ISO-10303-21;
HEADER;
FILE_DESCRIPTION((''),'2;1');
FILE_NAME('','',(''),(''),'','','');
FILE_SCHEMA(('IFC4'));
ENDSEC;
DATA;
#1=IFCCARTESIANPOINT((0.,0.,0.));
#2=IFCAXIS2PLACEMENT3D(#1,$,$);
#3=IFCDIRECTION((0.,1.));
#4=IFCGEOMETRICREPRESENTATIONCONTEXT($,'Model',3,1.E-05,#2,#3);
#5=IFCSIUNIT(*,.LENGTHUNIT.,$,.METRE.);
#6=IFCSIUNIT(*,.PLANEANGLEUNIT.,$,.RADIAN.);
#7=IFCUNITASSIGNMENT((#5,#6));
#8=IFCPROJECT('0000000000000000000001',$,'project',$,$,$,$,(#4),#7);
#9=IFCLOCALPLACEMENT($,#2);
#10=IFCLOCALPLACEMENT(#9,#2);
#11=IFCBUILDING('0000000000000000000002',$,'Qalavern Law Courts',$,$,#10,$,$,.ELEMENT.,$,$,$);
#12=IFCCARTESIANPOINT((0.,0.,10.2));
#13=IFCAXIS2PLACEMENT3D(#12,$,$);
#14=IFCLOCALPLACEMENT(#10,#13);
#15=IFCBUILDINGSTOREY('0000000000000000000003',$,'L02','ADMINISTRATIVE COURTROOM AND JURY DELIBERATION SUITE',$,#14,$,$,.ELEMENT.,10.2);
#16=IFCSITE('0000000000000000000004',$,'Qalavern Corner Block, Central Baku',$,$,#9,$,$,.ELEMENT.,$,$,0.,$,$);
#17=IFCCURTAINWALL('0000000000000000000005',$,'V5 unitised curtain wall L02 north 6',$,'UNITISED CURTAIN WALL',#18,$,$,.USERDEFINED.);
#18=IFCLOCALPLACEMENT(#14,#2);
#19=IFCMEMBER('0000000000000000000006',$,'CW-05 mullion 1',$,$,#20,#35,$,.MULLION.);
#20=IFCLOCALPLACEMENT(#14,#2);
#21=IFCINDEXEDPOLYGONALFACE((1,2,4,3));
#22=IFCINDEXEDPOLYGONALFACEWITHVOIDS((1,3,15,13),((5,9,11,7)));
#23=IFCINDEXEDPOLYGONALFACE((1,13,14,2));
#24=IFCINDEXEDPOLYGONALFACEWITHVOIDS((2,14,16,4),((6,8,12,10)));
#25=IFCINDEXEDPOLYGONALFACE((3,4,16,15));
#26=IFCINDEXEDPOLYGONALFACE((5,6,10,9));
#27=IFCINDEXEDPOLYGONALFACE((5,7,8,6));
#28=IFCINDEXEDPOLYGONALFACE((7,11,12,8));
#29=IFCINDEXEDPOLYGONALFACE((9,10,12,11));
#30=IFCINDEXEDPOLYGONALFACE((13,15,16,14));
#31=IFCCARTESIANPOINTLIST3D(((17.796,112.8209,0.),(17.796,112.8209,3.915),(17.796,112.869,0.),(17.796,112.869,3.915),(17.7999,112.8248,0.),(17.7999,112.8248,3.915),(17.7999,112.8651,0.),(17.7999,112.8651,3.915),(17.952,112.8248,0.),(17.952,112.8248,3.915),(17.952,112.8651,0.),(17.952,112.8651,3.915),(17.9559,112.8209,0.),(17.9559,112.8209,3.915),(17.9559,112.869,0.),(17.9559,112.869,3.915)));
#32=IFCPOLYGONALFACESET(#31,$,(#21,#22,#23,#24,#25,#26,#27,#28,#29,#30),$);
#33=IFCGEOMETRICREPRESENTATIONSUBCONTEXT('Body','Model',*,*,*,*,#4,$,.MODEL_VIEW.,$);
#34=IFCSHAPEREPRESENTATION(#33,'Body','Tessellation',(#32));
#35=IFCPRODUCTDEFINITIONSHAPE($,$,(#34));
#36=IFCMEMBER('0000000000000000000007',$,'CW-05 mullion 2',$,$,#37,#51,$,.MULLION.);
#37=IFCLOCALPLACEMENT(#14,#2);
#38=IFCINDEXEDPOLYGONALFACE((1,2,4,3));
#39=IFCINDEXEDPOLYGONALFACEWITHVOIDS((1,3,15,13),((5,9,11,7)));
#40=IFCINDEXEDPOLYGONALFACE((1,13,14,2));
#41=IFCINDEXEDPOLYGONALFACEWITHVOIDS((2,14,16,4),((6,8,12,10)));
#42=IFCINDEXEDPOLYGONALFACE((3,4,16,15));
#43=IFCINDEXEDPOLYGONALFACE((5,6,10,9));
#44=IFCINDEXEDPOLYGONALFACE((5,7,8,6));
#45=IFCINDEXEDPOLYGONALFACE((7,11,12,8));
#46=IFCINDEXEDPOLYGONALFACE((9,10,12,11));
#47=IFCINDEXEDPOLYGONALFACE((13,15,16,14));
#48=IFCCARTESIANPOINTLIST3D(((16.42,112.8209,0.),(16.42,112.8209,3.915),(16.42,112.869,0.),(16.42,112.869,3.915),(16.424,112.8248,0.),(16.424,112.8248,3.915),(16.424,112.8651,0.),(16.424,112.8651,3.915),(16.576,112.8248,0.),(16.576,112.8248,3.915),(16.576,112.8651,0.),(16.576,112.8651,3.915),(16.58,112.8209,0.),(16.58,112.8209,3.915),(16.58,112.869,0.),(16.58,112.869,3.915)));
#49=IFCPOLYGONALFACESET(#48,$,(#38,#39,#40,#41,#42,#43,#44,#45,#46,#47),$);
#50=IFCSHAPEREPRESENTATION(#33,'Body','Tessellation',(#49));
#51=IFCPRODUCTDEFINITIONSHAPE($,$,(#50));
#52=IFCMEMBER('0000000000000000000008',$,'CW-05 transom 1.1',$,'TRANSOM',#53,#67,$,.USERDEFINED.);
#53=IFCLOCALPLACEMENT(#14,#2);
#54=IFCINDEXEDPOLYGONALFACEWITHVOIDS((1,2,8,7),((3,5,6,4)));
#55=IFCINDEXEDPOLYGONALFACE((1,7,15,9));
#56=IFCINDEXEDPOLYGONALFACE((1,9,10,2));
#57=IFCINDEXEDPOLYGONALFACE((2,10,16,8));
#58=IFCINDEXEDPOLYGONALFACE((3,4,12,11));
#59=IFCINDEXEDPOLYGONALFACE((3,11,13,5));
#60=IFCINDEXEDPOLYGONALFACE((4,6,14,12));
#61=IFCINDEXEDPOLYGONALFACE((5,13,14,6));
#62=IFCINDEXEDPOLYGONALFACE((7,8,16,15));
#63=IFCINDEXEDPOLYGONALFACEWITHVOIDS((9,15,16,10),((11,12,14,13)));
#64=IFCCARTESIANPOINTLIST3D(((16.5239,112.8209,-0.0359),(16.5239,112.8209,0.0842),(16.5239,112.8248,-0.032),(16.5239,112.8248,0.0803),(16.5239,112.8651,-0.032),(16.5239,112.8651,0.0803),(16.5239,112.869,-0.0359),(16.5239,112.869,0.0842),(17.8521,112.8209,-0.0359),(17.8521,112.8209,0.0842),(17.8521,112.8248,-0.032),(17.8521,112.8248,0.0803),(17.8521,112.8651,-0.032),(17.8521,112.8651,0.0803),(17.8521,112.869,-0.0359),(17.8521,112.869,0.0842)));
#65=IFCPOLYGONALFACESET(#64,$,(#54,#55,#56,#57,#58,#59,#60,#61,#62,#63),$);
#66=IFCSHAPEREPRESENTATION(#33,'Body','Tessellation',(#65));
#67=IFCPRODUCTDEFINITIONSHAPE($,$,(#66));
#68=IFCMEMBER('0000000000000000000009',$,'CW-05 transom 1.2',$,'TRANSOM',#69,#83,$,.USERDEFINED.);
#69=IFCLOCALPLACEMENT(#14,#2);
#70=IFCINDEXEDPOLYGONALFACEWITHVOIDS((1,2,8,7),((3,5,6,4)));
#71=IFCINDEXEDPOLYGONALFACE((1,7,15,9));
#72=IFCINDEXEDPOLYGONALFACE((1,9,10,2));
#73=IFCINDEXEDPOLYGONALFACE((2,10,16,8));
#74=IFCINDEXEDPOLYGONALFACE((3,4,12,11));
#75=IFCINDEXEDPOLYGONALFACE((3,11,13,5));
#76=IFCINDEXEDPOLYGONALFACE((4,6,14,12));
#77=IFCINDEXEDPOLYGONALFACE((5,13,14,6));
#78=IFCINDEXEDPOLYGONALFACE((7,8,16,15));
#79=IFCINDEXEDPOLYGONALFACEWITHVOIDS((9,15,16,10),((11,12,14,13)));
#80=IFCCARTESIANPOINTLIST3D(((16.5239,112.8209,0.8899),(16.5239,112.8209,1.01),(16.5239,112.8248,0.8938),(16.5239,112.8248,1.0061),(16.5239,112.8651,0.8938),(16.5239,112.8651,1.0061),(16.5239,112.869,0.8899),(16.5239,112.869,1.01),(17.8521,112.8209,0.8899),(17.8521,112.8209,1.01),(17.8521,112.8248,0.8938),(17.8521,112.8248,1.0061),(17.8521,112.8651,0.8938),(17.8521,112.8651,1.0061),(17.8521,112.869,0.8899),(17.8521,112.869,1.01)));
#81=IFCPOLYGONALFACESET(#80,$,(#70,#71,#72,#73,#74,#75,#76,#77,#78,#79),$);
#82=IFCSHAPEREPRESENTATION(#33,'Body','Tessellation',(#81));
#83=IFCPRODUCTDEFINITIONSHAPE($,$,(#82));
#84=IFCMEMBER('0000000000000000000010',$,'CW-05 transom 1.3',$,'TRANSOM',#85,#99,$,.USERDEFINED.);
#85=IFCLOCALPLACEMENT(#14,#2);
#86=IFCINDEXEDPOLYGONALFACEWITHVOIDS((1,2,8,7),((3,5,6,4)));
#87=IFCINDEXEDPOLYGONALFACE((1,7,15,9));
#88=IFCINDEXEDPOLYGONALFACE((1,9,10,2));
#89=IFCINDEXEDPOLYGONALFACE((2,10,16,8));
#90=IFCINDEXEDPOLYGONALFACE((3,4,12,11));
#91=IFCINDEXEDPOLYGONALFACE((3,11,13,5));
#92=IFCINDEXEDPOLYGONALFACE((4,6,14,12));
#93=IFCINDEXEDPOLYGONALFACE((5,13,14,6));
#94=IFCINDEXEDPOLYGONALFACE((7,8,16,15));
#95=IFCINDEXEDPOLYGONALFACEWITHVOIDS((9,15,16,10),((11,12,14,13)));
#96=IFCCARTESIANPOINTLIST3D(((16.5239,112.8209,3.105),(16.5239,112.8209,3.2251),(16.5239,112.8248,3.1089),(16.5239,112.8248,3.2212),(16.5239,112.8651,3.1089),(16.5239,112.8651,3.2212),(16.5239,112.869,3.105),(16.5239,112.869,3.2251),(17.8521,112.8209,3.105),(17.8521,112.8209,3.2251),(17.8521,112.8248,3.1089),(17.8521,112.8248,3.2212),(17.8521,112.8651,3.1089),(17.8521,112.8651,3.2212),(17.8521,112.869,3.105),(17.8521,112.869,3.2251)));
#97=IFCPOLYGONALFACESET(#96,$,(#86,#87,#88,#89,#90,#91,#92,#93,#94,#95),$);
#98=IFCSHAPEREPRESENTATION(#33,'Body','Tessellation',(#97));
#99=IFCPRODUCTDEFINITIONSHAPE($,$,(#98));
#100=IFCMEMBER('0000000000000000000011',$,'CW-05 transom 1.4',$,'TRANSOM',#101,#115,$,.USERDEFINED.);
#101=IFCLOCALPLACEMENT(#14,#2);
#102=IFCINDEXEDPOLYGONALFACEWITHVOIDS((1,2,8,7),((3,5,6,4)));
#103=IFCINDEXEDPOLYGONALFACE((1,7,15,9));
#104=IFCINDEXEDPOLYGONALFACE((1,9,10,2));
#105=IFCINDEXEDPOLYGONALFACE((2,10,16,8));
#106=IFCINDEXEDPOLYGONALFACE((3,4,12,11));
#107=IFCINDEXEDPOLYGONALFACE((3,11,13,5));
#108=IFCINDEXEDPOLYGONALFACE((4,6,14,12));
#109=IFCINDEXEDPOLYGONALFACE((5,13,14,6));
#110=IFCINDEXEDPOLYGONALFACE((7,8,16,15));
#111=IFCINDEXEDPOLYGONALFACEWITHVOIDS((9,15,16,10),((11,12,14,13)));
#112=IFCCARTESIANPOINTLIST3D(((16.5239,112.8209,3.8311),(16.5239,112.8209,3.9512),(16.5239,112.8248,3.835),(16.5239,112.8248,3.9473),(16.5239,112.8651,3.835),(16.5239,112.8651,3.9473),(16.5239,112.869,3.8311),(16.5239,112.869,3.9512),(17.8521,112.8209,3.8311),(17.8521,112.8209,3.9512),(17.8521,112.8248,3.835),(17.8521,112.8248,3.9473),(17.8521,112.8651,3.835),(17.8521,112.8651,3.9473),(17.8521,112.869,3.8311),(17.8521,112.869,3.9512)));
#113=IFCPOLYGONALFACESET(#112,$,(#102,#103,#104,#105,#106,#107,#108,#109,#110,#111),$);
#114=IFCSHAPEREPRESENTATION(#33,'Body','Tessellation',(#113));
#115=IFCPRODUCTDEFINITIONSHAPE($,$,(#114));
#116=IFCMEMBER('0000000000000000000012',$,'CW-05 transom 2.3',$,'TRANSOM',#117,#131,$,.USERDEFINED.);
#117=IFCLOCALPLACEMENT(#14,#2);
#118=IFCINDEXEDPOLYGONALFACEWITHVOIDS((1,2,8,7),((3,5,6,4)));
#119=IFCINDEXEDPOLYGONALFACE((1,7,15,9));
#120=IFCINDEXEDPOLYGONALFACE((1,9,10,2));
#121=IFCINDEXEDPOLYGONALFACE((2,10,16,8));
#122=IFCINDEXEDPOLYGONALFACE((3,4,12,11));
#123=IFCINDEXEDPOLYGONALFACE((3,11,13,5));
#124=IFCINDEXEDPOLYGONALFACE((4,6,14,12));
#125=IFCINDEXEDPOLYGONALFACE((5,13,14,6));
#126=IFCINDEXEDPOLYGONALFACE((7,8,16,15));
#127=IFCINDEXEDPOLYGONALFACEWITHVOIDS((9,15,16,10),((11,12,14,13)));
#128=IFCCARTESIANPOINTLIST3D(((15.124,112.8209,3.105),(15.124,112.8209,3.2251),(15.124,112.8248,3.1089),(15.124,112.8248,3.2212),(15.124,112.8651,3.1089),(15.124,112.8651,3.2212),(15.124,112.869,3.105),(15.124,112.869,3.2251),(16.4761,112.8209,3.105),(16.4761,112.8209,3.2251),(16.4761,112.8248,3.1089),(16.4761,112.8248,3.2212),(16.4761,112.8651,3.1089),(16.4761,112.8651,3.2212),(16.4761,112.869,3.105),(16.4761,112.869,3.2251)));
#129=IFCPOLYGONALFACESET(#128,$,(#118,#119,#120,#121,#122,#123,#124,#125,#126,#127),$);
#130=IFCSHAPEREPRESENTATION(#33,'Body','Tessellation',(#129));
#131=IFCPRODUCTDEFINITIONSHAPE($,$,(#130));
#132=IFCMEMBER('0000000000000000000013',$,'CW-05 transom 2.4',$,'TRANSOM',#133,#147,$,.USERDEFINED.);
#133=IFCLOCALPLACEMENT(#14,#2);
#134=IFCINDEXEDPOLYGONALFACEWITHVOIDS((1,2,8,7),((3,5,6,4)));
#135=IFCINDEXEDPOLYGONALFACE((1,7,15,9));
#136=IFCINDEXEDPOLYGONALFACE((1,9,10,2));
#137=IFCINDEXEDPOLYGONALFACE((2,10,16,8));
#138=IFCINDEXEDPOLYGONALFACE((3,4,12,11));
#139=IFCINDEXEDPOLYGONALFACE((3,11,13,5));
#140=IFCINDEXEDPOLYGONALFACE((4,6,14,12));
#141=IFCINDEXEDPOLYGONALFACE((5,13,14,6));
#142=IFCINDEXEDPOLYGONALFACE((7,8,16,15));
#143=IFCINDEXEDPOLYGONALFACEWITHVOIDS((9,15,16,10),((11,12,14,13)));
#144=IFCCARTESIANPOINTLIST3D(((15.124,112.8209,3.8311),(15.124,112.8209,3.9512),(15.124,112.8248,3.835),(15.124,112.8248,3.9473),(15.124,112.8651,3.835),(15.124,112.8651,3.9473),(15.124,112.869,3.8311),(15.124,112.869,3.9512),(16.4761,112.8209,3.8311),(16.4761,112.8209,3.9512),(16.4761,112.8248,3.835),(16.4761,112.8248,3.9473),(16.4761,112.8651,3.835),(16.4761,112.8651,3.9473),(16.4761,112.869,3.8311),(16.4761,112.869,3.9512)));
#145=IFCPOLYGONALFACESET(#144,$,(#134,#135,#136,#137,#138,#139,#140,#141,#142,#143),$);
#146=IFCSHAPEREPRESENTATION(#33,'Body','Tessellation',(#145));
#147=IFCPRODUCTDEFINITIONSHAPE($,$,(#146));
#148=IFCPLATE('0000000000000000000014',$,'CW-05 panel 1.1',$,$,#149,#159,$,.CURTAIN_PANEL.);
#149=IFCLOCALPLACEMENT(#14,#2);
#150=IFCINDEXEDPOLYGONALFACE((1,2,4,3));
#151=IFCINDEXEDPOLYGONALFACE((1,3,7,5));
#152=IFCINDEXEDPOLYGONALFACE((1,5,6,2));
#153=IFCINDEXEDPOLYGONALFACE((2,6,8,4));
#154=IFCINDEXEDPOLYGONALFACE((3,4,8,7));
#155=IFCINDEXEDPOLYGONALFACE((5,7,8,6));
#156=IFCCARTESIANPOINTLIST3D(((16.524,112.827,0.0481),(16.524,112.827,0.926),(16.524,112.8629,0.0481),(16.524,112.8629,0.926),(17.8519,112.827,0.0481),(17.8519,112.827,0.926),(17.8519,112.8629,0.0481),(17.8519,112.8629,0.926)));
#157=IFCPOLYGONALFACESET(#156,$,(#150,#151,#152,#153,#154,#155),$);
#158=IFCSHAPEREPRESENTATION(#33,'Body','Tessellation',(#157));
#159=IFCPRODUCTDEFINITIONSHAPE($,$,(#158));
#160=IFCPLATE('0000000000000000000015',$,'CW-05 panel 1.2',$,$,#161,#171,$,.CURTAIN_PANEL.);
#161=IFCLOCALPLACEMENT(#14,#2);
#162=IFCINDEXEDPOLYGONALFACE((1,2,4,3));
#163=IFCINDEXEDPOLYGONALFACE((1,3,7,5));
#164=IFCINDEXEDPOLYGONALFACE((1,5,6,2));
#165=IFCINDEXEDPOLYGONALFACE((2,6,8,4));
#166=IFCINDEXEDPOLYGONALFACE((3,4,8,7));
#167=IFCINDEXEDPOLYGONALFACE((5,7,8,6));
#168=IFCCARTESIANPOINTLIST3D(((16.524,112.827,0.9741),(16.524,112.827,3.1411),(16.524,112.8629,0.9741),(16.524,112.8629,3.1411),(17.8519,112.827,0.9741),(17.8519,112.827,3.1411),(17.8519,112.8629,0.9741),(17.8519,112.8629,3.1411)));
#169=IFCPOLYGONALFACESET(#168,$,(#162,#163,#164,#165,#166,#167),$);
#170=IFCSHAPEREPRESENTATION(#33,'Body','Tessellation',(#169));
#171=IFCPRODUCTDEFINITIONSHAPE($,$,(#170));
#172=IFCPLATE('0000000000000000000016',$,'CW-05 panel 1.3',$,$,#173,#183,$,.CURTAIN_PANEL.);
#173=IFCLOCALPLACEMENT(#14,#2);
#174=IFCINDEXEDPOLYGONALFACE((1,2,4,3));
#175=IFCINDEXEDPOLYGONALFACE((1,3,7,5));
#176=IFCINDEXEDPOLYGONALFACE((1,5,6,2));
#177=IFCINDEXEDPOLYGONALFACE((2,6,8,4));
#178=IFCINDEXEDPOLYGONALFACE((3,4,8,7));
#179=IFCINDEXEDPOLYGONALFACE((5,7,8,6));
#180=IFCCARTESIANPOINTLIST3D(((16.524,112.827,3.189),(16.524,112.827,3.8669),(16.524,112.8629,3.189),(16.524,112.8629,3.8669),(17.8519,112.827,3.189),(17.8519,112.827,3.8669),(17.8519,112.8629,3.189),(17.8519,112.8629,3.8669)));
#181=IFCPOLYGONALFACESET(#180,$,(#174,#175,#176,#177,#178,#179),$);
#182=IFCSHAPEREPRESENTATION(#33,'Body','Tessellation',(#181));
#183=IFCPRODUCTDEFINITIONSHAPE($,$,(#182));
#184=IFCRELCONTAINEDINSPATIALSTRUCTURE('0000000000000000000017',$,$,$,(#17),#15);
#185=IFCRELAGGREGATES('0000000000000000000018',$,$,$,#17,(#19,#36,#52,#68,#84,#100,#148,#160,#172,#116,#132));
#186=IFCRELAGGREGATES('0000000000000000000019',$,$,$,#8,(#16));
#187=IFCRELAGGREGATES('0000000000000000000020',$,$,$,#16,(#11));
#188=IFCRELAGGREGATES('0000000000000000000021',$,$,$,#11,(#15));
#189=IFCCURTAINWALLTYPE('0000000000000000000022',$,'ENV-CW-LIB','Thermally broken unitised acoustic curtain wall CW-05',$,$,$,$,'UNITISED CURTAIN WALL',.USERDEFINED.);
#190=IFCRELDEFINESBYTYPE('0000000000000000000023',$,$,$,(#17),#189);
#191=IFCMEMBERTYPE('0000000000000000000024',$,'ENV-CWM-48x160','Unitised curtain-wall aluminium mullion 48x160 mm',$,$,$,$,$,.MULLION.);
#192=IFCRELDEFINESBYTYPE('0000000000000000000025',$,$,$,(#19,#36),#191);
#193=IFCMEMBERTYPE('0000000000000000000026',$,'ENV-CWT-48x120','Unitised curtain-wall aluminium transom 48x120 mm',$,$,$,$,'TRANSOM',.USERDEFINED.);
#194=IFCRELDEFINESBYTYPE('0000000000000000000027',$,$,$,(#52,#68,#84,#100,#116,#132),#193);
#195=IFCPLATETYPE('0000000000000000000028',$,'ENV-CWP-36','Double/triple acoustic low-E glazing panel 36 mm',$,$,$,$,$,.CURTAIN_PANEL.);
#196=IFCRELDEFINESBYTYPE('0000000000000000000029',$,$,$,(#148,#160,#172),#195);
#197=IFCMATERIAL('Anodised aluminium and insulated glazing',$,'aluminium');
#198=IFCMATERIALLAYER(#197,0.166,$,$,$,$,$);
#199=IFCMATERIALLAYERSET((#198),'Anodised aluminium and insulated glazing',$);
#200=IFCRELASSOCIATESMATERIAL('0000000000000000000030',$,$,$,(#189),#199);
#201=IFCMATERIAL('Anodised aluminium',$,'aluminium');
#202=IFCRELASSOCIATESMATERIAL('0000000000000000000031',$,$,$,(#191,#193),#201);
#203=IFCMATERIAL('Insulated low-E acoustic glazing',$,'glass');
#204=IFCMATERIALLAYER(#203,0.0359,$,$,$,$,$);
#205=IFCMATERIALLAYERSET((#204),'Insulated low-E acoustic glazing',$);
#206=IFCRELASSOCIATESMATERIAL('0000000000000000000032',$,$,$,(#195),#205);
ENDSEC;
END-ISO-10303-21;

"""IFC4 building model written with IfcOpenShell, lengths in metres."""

from ifc_helpers import new_model, si_unit, direction, frame, origin, origin_2d, place, context, subcontext, project, spatial, rectangle, hollow_rectangle, extrude, material, layer, layer_set, material_profile, profile_set, type_object, element, aggregate, save


model = new_model("IFC4")

# Units and contexts
model_context = context("Model", 3, precision=1e-05, world=origin(), true_north=direction((0.0, 1.0)))
body_context = subcontext(model_context, "Body", "Model", "MODEL_VIEW")
ifc_project = project(units=[si_unit("LENGTHUNIT", "METRE"), si_unit("PLANEANGLEUNIT", "RADIAN")], contexts=[model_context])

# Site, building, storey
site_placement = place(None, origin())
site = spatial("IfcSite", under=ifc_project, at=site_placement, Name="Qalavern Corner Block, Central Baku", CompositionType="ELEMENT", RefElevation=0.0)
building_placement = place(site_placement, origin())
building = spatial("IfcBuilding", under=site, at=building_placement, Name="Qalavern Law Courts", CompositionType="ELEMENT")
storey_placement = place(building_placement, frame((0.0, 0.0, 10.2)))
storey = spatial("IfcBuildingStorey", under=building, at=storey_placement, Name="L02", Description="ADMINISTRATIVE COURTROOM AND JURY DELIBERATION SUITE", CompositionType="ELEMENT", Elevation=10.2)

# Curtain wall, members, plates
ifc_material_1 = material(Name="Anodised aluminium and insulated glazing", Category="aluminium")
ifc_layer_1 = layer(ifc_material_1, 0.166)
ifc_layer_set_1 = layer_set([ifc_layer_1], Name="Anodised aluminium and insulated glazing")
curtain_wall_type = type_object("IfcCurtainWallType", Name="ENV-CW-LIB", Description="Thermally broken unitised acoustic curtain wall CW-05", ElementType="UNITISED CURTAIN WALL", PredefinedType="USERDEFINED", material=ifc_layer_set_1)
curtain_wall_placement = place(storey_placement, origin())
curtain_wall = element("IfcCurtainWall", 1, at=curtain_wall_placement, inside=storey, type_object=curtain_wall_type, Name="V5 unitised curtain wall L02 north 6", ObjectType="UNITISED CURTAIN WALL", PredefinedType="USERDEFINED")
ifc_material_2 = material(Name="Anodised aluminium", Category="aluminium")
ifc_material_profile_1 = material_profile(ifc_material_2, hollow_rectangle(XDim=0.0481, YDim=0.1599, WallThickness=0.0039, at=origin_2d()), Name="ALU MULLION 48x160")
ifc_profile_set_1 = profile_set([ifc_material_profile_1], Name="Anodised aluminium")
member_type_1 = type_object("IfcMemberType", Name="ENV-CWM-48x160", Description="Unitised curtain-wall aluminium mullion 48x160 mm", PredefinedType="MULLION", material=ifc_profile_set_1)
member_1_placement = place(storey_placement, frame((17.876, 112.845, 0.0), z_axis=(0.0, 0.0, 1.0), x_axis=(0.0, -1.0, 0.0)))
member_1 = element("IfcMember", 2, at=member_1_placement, type_object=member_type_1, Name="CW-05 mullion 1", PredefinedType="MULLION", context=body_context, shape_type="SweptSolid", body=[
    extrude(hollow_rectangle(XDim=0.0481, YDim=0.1599, WallThickness=0.0039, at=origin_2d()), origin(), (0.0, 0.0, 1.0), 3.915),
])
member_2_placement = place(storey_placement, frame((16.5, 112.845, 0.0), z_axis=(0.0, 0.0, 1.0), x_axis=(0.0, -1.0, 0.0)))
member_2 = element("IfcMember", 3, at=member_2_placement, type_object=member_type_1, Name="CW-05 mullion 2", PredefinedType="MULLION", context=body_context, shape_type="SweptSolid", body=[
    extrude(hollow_rectangle(XDim=0.0481, YDim=0.1599, WallThickness=0.0039, at=origin_2d()), origin(), (0.0, 0.0, 1.0), 3.915),
])
ifc_material_profile_2 = material_profile(ifc_material_2, hollow_rectangle(XDim=0.0481, YDim=0.1201, WallThickness=0.0039, at=origin_2d()), Name="ALU TRANSOM 48x120")
ifc_profile_set_2 = profile_set([ifc_material_profile_2], Name="Anodised aluminium")
member_type_2 = type_object("IfcMemberType", Name="ENV-CWT-48x120", Description="Unitised curtain-wall aluminium transom 48x120 mm", ElementType="TRANSOM", PredefinedType="USERDEFINED", material=ifc_profile_set_2)
member_3_placement = place(storey_placement, frame((17.8521, 112.845, 0.0242), z_axis=(-1.0, 0.0, 0.0), x_axis=(0.0, -1.0, 0.0)))
member_3 = element("IfcMember", 4, at=member_3_placement, type_object=member_type_2, Name="CW-05 transom 1.1", ObjectType="TRANSOM", PredefinedType="USERDEFINED", context=body_context, shape_type="SweptSolid", body=[
    extrude(hollow_rectangle(XDim=0.0481, YDim=0.1201, WallThickness=0.0039, at=origin_2d()), origin(), (0.0, 0.0, 1.0), 1.3281),
])
member_4_placement = place(storey_placement, frame((17.8521, 112.845, 0.95), z_axis=(-1.0, 0.0, 0.0), x_axis=(0.0, -1.0, 0.0)))
member_4 = element("IfcMember", 5, at=member_4_placement, type_object=member_type_2, Name="CW-05 transom 1.2", ObjectType="TRANSOM", PredefinedType="USERDEFINED", context=body_context, shape_type="SweptSolid", body=[
    extrude(hollow_rectangle(XDim=0.0481, YDim=0.1201, WallThickness=0.0039, at=origin_2d()), origin(), (0.0, 0.0, 1.0), 1.3281),
])
member_5_placement = place(storey_placement, frame((17.8521, 112.845, 3.165), z_axis=(-1.0, 0.0, 0.0), x_axis=(0.0, -1.0, 0.0)))
member_5 = element("IfcMember", 6, at=member_5_placement, type_object=member_type_2, Name="CW-05 transom 1.3", ObjectType="TRANSOM", PredefinedType="USERDEFINED", context=body_context, shape_type="SweptSolid", body=[
    extrude(hollow_rectangle(XDim=0.0481, YDim=0.1201, WallThickness=0.0039, at=origin_2d()), origin(), (0.0, 0.0, 1.0), 1.3281),
])
member_6_placement = place(storey_placement, frame((17.8521, 112.845, 3.8911), z_axis=(-1.0, 0.0, 0.0), x_axis=(0.0, -1.0, 0.0)))
member_6 = element("IfcMember", 7, at=member_6_placement, type_object=member_type_2, Name="CW-05 transom 1.4", ObjectType="TRANSOM", PredefinedType="USERDEFINED", context=body_context, shape_type="SweptSolid", body=[
    extrude(hollow_rectangle(XDim=0.0481, YDim=0.1201, WallThickness=0.0039, at=origin_2d()), origin(), (0.0, 0.0, 1.0), 1.3281),
])
member_7_placement = place(storey_placement, frame((16.4761, 112.845, 3.165), z_axis=(-1.0, 0.0, 0.0), x_axis=(0.0, -1.0, 0.0)))
member_7 = element("IfcMember", 8, at=member_7_placement, type_object=member_type_2, Name="CW-05 transom 2.3", ObjectType="TRANSOM", PredefinedType="USERDEFINED", context=body_context, shape_type="SweptSolid", body=[
    extrude(hollow_rectangle(XDim=0.0481, YDim=0.1201, WallThickness=0.0039, at=origin_2d()), origin(), (0.0, 0.0, 1.0), 1.3521),
])
member_8_placement = place(storey_placement, frame((16.4761, 112.845, 3.8911), z_axis=(-1.0, 0.0, 0.0), x_axis=(0.0, -1.0, 0.0)))
member_8 = element("IfcMember", 9, at=member_8_placement, type_object=member_type_2, Name="CW-05 transom 2.4", ObjectType="TRANSOM", PredefinedType="USERDEFINED", context=body_context, shape_type="SweptSolid", body=[
    extrude(hollow_rectangle(XDim=0.0481, YDim=0.1201, WallThickness=0.0039, at=origin_2d()), origin(), (0.0, 0.0, 1.0), 1.3521),
])
ifc_material_3 = material(Name="Insulated low-E acoustic glazing", Category="glass")
ifc_layer_2 = layer(ifc_material_3, 0.0359)
ifc_layer_set_2 = layer_set([ifc_layer_2], Name="Insulated low-E acoustic glazing")
plate_type = type_object("IfcPlateType", Name="ENV-CWP-36", Description="Double/triple acoustic low-E glazing panel 36 mm", PredefinedType="CURTAIN_PANEL", material=ifc_layer_set_2)
plate_1_placement = place(storey_placement, frame((17.188, 112.845, 0.0481), z_axis=(0.0, 0.0, 1.0), x_axis=(-1.0, 0.0, 0.0)))
plate_1 = element("IfcPlate", 10, at=plate_1_placement, type_object=plate_type, Name="CW-05 panel 1.1", PredefinedType="CURTAIN_PANEL", context=body_context, shape_type="SweptSolid", body=[
    extrude(rectangle(XDim=1.3279, YDim=0.0359, at=origin_2d()), origin(), (0.0, 0.0, 1.0), 0.8779),
])
plate_2_placement = place(storey_placement, frame((17.188, 112.845, 0.9741), z_axis=(0.0, 0.0, 1.0), x_axis=(-1.0, 0.0, 0.0)))
plate_2 = element("IfcPlate", 11, at=plate_2_placement, type_object=plate_type, Name="CW-05 panel 1.2", PredefinedType="CURTAIN_PANEL", context=body_context, shape_type="SweptSolid", body=[
    extrude(rectangle(XDim=1.3279, YDim=0.0359, at=origin_2d()), origin(), (0.0, 0.0, 1.0), 2.167),
])
plate_3_placement = place(storey_placement, frame((17.188, 112.845, 3.189), z_axis=(0.0, 0.0, 1.0), x_axis=(-1.0, 0.0, 0.0)))
plate_3 = element("IfcPlate", 12, at=plate_3_placement, type_object=plate_type, Name="CW-05 panel 1.3", PredefinedType="CURTAIN_PANEL", context=body_context, shape_type="SweptSolid", body=[
    extrude(rectangle(XDim=1.3279, YDim=0.0359, at=origin_2d()), origin(), (0.0, 0.0, 1.0), 0.678),
])
aggregate(curtain_wall, [member_1, member_2, member_3, member_4, member_5, member_6, plate_1, plate_2, plate_3, member_7, member_8])

save(model, "model.ifc")
